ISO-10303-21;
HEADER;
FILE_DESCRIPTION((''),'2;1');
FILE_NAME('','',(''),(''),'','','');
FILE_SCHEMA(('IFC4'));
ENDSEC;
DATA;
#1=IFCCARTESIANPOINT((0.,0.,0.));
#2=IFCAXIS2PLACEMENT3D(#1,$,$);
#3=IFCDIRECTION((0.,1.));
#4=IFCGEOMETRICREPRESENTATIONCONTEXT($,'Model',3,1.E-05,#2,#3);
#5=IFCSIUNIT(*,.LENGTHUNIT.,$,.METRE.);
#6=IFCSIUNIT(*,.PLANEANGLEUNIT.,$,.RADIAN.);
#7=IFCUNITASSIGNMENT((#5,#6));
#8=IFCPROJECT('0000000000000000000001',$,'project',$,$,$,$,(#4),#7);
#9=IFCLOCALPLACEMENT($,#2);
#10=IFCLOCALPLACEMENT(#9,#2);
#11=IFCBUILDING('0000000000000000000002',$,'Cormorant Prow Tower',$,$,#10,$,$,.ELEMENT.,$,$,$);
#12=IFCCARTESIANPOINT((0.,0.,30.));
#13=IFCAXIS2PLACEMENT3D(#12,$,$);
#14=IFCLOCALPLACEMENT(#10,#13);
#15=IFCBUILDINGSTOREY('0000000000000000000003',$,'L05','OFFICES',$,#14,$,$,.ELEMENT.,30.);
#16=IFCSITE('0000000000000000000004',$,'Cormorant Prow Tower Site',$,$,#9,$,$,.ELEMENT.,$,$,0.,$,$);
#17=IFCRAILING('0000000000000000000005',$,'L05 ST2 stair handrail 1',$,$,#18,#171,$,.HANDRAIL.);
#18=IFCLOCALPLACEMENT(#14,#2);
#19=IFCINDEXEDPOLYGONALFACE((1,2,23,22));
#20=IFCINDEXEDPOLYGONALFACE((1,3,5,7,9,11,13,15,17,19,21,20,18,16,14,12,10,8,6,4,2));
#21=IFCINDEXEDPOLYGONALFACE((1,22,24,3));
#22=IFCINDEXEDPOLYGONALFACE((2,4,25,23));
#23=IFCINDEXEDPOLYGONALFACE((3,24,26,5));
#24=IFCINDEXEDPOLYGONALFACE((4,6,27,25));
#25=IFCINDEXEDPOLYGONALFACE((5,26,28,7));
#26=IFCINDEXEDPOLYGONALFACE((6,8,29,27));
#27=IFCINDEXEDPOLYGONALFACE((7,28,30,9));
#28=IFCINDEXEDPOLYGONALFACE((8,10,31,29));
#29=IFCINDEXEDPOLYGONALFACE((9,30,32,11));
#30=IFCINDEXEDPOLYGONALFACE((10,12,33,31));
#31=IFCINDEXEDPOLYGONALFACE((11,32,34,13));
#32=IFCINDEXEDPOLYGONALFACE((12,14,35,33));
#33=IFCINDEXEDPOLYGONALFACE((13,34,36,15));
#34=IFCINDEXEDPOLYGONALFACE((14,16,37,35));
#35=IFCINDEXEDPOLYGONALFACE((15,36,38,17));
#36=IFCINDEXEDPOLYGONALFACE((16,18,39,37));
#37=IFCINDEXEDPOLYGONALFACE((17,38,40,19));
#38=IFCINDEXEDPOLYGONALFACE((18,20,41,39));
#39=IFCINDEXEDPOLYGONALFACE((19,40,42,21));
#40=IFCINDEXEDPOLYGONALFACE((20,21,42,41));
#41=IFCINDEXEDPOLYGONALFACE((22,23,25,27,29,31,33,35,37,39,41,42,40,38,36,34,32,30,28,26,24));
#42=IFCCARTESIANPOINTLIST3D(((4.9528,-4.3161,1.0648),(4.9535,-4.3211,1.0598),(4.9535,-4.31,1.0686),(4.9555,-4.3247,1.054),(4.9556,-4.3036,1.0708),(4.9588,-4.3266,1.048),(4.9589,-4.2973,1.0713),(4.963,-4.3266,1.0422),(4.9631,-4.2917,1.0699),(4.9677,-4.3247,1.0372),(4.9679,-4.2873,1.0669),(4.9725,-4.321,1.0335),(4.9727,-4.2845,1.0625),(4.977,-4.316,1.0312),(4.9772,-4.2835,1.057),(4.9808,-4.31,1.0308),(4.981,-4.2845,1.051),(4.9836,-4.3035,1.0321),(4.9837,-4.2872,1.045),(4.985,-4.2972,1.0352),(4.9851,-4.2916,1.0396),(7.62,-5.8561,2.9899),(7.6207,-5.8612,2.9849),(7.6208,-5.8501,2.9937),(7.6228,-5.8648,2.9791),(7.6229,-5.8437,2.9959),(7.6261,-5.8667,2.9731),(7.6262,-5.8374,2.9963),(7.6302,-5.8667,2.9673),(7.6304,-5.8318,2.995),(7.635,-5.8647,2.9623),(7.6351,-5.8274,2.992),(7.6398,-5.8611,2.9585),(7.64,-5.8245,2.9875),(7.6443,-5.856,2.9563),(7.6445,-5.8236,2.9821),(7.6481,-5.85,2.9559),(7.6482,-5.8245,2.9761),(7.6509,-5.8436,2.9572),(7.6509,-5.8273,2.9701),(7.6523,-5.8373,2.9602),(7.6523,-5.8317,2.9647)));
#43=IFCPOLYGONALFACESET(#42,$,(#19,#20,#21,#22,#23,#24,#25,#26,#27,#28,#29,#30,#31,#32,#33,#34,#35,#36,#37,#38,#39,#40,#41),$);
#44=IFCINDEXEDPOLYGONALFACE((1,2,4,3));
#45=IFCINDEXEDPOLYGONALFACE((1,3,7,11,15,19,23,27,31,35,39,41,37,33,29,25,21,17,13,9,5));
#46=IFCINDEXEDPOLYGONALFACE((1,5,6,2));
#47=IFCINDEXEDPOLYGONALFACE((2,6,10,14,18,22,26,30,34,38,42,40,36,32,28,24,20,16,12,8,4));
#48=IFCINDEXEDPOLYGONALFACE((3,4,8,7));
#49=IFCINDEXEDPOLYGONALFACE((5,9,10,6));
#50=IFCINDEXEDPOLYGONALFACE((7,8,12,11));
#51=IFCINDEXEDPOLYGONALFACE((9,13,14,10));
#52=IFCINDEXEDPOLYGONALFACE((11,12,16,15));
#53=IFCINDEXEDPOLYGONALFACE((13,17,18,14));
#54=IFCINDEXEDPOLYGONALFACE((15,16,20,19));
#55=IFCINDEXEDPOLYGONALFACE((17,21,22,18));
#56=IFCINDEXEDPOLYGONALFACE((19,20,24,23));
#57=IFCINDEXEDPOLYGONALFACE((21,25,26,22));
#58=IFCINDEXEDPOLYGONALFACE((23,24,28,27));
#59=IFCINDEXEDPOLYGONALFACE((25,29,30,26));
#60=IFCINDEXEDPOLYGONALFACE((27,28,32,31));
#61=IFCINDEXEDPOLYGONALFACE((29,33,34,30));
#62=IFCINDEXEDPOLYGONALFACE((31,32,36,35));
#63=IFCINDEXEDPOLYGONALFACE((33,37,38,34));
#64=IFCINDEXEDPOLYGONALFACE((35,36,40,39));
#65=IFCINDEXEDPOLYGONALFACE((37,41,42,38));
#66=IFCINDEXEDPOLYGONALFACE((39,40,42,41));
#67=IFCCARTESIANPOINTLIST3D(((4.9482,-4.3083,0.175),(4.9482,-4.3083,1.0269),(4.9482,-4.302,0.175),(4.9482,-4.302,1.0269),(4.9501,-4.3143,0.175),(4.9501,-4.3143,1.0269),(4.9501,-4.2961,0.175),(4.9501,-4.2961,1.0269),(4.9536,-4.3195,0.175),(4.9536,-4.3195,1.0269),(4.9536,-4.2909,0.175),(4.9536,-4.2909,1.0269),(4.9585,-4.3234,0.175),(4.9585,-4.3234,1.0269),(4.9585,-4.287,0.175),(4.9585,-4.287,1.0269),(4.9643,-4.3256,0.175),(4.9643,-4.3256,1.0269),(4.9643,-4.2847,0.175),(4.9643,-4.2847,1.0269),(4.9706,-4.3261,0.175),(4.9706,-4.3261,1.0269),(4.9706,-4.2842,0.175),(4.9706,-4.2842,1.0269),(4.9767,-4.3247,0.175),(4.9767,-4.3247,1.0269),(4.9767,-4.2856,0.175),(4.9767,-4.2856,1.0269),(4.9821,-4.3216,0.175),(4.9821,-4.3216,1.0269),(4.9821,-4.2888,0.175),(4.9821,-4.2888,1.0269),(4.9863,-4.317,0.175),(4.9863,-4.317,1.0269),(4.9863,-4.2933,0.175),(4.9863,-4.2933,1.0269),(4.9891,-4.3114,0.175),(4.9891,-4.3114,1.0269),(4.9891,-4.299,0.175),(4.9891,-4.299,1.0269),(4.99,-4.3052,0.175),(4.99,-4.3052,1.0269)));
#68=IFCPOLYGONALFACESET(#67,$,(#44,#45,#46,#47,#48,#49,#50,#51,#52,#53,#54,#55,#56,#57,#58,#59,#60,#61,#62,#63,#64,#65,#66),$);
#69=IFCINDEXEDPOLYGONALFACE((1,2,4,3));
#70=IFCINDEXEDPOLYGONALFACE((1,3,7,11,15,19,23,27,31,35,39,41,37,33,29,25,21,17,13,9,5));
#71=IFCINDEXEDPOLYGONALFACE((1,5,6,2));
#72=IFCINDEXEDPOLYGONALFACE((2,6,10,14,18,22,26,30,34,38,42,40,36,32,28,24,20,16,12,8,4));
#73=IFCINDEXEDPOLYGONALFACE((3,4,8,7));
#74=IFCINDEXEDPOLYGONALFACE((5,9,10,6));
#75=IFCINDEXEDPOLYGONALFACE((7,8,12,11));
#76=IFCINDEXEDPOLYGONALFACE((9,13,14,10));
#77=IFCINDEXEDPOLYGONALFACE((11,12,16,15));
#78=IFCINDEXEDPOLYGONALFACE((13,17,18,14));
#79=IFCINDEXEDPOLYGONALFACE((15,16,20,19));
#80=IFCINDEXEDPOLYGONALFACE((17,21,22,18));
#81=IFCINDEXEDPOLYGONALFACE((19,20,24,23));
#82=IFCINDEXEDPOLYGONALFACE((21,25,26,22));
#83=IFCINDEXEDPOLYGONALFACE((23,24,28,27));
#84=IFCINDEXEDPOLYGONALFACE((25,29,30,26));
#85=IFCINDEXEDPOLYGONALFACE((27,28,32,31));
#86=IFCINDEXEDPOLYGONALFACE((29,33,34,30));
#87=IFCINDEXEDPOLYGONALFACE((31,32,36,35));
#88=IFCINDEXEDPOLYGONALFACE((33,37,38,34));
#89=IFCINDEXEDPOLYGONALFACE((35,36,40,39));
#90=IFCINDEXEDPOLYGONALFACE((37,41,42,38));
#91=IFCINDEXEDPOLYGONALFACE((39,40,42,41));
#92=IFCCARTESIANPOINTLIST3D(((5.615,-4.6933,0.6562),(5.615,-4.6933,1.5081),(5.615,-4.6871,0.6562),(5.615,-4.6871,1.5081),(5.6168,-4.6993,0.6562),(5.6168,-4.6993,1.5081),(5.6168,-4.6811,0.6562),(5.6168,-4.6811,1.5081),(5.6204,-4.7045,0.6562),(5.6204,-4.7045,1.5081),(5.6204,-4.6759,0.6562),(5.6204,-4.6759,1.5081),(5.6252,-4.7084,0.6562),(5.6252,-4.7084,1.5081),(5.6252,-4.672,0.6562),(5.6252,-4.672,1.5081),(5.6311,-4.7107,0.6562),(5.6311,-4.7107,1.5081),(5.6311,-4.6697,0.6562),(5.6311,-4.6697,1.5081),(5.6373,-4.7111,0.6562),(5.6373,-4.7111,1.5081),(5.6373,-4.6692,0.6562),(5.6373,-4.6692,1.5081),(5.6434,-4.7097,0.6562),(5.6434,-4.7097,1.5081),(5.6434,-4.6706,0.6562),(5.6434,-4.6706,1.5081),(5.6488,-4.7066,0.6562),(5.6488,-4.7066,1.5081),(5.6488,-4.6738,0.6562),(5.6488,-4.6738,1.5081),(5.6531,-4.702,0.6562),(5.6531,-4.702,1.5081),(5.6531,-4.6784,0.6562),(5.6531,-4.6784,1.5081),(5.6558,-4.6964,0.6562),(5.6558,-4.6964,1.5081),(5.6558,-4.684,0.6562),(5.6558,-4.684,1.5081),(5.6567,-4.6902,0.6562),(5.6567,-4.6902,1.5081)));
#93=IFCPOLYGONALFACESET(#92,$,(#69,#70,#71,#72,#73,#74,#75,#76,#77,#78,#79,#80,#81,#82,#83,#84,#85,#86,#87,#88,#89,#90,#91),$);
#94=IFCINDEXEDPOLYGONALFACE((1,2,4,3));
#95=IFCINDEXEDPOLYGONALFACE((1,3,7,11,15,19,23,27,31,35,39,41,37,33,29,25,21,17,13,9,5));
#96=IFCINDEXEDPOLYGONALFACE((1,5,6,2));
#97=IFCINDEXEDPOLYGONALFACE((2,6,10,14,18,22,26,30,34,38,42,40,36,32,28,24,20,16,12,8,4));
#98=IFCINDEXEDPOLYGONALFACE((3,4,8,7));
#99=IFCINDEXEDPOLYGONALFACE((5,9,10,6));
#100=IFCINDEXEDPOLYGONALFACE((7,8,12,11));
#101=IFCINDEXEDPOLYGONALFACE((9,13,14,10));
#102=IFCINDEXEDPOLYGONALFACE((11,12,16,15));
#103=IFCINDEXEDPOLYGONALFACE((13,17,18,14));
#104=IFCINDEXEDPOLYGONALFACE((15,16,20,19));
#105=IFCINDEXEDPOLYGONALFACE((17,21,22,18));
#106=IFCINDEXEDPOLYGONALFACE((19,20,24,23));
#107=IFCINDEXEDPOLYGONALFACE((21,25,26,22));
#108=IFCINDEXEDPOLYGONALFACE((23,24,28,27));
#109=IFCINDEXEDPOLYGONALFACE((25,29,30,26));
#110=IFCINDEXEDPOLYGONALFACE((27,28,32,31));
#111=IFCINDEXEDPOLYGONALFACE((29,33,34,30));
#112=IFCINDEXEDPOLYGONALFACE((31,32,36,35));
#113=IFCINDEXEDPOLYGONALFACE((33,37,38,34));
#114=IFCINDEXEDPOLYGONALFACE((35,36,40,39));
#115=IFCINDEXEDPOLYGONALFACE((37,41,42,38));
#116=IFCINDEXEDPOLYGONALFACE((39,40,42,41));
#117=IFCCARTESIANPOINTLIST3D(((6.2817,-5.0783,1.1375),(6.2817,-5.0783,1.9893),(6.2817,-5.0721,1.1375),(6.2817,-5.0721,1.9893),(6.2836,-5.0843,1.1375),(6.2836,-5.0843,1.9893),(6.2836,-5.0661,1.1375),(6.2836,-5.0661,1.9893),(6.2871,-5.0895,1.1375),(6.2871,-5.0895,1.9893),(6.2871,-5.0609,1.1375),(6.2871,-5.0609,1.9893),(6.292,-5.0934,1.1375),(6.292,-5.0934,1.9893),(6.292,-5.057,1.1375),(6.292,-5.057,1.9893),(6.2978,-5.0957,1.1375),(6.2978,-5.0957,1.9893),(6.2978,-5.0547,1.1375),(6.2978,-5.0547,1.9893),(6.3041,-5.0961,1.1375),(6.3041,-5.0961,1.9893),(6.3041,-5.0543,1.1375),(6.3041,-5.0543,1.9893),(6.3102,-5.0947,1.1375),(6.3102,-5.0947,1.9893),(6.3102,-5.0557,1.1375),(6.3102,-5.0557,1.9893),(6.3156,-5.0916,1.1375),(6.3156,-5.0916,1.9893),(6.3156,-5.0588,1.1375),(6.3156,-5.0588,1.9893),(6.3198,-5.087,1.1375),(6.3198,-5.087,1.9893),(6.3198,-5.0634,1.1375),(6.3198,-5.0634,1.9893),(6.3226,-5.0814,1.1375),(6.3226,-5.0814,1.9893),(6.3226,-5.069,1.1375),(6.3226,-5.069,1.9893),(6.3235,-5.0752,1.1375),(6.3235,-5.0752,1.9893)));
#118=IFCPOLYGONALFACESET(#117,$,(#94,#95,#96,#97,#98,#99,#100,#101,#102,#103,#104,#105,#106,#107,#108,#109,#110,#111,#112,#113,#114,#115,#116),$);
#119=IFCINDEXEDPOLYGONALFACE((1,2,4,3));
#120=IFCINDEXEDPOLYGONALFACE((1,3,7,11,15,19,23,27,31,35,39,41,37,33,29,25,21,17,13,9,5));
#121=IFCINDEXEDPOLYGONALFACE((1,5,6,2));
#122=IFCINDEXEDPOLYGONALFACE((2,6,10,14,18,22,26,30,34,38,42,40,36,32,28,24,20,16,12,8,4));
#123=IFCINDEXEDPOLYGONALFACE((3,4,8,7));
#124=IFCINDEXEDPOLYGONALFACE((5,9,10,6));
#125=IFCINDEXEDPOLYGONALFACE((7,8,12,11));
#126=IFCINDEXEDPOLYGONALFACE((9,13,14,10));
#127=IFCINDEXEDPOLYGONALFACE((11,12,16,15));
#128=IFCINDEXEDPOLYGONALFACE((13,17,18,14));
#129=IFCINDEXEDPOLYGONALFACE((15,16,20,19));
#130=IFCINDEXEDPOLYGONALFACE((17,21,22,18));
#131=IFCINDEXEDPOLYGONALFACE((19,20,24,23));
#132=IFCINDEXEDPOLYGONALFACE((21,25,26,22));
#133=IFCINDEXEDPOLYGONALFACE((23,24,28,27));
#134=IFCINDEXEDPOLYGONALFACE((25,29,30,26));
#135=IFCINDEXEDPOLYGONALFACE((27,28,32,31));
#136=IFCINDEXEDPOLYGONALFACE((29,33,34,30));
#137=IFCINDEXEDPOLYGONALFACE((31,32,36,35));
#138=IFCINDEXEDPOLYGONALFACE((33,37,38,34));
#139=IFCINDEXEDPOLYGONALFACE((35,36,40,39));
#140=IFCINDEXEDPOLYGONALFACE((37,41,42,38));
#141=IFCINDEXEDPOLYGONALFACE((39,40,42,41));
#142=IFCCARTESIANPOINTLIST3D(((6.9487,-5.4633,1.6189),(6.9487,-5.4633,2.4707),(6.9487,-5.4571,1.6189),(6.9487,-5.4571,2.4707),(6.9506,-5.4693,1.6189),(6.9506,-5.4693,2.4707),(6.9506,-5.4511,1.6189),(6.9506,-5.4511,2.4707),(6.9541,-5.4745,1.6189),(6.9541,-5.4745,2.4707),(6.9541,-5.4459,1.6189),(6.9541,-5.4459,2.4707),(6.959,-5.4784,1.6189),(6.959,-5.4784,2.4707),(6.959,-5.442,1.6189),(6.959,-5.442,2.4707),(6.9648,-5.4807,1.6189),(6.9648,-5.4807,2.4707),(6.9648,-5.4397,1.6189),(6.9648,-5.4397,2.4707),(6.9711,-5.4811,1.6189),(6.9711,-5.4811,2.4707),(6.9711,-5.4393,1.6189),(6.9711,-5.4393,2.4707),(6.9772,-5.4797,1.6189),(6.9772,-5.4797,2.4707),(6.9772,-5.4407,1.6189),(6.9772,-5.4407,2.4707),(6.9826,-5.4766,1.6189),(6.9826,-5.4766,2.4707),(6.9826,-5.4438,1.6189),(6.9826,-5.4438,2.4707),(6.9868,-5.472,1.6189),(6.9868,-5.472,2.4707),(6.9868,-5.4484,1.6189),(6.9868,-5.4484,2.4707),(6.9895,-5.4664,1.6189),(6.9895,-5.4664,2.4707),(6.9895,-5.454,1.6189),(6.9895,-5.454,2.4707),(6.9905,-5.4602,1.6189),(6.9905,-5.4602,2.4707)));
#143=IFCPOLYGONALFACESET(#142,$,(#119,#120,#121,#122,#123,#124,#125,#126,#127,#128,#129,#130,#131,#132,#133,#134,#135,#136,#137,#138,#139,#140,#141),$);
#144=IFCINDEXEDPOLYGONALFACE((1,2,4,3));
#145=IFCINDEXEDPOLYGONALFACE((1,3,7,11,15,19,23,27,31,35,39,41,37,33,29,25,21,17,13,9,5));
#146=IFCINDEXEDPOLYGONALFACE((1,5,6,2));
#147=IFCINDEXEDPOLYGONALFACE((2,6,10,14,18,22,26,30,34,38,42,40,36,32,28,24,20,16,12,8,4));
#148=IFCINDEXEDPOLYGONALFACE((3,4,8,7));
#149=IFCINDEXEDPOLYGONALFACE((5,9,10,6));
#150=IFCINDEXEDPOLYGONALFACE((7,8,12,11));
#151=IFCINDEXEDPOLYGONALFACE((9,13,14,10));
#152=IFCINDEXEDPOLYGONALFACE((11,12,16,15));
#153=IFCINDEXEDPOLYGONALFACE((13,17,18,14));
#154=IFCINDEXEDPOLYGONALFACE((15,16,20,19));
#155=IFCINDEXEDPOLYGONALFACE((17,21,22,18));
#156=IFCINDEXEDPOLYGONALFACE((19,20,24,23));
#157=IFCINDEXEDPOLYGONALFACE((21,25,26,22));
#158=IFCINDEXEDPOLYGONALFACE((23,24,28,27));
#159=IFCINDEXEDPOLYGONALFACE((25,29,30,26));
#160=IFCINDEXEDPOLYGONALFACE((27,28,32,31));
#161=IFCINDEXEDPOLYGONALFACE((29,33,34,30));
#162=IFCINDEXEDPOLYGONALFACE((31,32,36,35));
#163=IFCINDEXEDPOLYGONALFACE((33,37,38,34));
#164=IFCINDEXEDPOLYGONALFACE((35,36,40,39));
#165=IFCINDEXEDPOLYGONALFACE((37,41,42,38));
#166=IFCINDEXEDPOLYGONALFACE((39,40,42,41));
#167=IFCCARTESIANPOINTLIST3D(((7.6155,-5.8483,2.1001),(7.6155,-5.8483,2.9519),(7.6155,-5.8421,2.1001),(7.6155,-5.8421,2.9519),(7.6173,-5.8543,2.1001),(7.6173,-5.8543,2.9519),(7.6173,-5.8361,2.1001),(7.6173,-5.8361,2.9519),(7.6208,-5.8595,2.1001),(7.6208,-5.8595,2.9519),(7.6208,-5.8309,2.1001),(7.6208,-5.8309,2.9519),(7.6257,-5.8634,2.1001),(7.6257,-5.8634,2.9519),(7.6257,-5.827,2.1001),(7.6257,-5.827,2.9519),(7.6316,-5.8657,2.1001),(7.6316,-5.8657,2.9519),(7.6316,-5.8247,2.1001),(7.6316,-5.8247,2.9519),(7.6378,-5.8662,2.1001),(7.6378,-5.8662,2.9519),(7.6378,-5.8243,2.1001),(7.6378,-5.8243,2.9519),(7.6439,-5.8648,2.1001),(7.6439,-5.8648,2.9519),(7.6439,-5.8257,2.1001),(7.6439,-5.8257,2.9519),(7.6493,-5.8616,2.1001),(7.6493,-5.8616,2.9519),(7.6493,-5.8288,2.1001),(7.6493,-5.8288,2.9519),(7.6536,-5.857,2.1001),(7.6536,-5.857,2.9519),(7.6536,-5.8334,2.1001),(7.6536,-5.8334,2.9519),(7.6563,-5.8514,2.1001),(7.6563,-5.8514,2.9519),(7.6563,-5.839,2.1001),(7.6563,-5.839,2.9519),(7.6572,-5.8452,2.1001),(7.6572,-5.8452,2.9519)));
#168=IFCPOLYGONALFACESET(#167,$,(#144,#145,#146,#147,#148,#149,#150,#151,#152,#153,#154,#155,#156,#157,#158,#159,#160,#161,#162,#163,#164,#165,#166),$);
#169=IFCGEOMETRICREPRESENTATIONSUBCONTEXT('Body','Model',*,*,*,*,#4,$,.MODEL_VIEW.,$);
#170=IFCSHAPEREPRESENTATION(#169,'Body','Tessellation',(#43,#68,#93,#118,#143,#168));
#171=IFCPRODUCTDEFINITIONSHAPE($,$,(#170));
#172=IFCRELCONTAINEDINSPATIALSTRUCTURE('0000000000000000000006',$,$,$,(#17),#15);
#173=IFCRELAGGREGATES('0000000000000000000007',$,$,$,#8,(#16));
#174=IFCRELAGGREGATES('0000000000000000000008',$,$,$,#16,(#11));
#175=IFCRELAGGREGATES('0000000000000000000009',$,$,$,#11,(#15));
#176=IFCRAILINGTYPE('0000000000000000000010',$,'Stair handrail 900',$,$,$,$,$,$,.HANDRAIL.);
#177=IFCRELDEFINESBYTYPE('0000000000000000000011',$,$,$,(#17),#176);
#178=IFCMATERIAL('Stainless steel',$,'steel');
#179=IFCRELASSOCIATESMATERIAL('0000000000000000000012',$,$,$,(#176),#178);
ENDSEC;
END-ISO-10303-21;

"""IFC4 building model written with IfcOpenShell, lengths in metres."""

from ifc_helpers import new_model, si_unit, direction, frame, origin, origin_2d, place, context, subcontext, project, spatial, circle, extrude, material, type_object, element, save


model = new_model("IFC4")

# Units and contexts
model_context = context("Model", 3, precision=1e-05, world=origin(), true_north=direction((0.0, 1.0)))
body_context = subcontext(model_context, "Body", "Model", "MODEL_VIEW")
ifc_project = project(units=[si_unit("LENGTHUNIT", "METRE"), si_unit("PLANEANGLEUNIT", "RADIAN")], contexts=[model_context])

# Site, building, storey
site_placement = place(None, origin())
site = spatial("IfcSite", under=ifc_project, at=site_placement, Name="Cormorant Prow Tower Site", CompositionType="ELEMENT", RefElevation=0.0)
building_placement = place(site_placement, origin())
building = spatial("IfcBuilding", under=site, at=building_placement, Name="Cormorant Prow Tower", CompositionType="ELEMENT")
storey_placement = place(building_placement, frame((0.0, 0.0, 30.0)))
storey = spatial("IfcBuildingStorey", under=building, at=storey_placement, Name="L05", Description="OFFICES", CompositionType="ELEMENT", Elevation=30.0)

# Railing
ifc_material_1 = material(Name="Stainless steel", Category="steel")
railing_type_1 = type_object("IfcRailingType", Name="Stair handrail 900", PredefinedType="HANDRAIL", material=ifc_material_1)
railing_1_placement = place(storey_placement, frame((4.969, -4.3052, 0.175)))
element("IfcRailing", 1, at=railing_1_placement, inside=storey, type_object=railing_type_1, Name="L05 ST2 stair handrail 1", PredefinedType="HANDRAIL", context=body_context, shape_type="SweptSolid", body=[
    extrude(circle(Radius=0.0239, at=origin_2d()), frame((0.0, 0.0, 0.876), z_axis=(0.734364, -0.424015, 0.530019), x_axis=(0.500027, 0.86601, 0.0)), (0.0, 0.0, 1.0), 3.6321),
    extrude(circle(Radius=0.021, at=origin_2d()), origin(), (0.0, 0.0, 1.0), 0.8518),
    extrude(circle(Radius=0.021, at=origin_2d()), frame((0.6667, -0.385, 0.4812)), (0.0, 0.0, 1.0), 0.8518),
    extrude(circle(Radius=0.021, at=origin_2d()), frame((1.3335, -0.77, 0.9624)), (0.0, 0.0, 1.0), 0.8518),
    extrude(circle(Radius=0.021, at=origin_2d()), frame((2.0005, -1.155, 1.4438)), (0.0, 0.0, 1.0), 0.8518),
    extrude(circle(Radius=0.021, at=origin_2d()), frame((2.6672, -1.54, 1.925)), (0.0, 0.0, 1.0), 0.8518),
])

save(model, "model.ifc")
